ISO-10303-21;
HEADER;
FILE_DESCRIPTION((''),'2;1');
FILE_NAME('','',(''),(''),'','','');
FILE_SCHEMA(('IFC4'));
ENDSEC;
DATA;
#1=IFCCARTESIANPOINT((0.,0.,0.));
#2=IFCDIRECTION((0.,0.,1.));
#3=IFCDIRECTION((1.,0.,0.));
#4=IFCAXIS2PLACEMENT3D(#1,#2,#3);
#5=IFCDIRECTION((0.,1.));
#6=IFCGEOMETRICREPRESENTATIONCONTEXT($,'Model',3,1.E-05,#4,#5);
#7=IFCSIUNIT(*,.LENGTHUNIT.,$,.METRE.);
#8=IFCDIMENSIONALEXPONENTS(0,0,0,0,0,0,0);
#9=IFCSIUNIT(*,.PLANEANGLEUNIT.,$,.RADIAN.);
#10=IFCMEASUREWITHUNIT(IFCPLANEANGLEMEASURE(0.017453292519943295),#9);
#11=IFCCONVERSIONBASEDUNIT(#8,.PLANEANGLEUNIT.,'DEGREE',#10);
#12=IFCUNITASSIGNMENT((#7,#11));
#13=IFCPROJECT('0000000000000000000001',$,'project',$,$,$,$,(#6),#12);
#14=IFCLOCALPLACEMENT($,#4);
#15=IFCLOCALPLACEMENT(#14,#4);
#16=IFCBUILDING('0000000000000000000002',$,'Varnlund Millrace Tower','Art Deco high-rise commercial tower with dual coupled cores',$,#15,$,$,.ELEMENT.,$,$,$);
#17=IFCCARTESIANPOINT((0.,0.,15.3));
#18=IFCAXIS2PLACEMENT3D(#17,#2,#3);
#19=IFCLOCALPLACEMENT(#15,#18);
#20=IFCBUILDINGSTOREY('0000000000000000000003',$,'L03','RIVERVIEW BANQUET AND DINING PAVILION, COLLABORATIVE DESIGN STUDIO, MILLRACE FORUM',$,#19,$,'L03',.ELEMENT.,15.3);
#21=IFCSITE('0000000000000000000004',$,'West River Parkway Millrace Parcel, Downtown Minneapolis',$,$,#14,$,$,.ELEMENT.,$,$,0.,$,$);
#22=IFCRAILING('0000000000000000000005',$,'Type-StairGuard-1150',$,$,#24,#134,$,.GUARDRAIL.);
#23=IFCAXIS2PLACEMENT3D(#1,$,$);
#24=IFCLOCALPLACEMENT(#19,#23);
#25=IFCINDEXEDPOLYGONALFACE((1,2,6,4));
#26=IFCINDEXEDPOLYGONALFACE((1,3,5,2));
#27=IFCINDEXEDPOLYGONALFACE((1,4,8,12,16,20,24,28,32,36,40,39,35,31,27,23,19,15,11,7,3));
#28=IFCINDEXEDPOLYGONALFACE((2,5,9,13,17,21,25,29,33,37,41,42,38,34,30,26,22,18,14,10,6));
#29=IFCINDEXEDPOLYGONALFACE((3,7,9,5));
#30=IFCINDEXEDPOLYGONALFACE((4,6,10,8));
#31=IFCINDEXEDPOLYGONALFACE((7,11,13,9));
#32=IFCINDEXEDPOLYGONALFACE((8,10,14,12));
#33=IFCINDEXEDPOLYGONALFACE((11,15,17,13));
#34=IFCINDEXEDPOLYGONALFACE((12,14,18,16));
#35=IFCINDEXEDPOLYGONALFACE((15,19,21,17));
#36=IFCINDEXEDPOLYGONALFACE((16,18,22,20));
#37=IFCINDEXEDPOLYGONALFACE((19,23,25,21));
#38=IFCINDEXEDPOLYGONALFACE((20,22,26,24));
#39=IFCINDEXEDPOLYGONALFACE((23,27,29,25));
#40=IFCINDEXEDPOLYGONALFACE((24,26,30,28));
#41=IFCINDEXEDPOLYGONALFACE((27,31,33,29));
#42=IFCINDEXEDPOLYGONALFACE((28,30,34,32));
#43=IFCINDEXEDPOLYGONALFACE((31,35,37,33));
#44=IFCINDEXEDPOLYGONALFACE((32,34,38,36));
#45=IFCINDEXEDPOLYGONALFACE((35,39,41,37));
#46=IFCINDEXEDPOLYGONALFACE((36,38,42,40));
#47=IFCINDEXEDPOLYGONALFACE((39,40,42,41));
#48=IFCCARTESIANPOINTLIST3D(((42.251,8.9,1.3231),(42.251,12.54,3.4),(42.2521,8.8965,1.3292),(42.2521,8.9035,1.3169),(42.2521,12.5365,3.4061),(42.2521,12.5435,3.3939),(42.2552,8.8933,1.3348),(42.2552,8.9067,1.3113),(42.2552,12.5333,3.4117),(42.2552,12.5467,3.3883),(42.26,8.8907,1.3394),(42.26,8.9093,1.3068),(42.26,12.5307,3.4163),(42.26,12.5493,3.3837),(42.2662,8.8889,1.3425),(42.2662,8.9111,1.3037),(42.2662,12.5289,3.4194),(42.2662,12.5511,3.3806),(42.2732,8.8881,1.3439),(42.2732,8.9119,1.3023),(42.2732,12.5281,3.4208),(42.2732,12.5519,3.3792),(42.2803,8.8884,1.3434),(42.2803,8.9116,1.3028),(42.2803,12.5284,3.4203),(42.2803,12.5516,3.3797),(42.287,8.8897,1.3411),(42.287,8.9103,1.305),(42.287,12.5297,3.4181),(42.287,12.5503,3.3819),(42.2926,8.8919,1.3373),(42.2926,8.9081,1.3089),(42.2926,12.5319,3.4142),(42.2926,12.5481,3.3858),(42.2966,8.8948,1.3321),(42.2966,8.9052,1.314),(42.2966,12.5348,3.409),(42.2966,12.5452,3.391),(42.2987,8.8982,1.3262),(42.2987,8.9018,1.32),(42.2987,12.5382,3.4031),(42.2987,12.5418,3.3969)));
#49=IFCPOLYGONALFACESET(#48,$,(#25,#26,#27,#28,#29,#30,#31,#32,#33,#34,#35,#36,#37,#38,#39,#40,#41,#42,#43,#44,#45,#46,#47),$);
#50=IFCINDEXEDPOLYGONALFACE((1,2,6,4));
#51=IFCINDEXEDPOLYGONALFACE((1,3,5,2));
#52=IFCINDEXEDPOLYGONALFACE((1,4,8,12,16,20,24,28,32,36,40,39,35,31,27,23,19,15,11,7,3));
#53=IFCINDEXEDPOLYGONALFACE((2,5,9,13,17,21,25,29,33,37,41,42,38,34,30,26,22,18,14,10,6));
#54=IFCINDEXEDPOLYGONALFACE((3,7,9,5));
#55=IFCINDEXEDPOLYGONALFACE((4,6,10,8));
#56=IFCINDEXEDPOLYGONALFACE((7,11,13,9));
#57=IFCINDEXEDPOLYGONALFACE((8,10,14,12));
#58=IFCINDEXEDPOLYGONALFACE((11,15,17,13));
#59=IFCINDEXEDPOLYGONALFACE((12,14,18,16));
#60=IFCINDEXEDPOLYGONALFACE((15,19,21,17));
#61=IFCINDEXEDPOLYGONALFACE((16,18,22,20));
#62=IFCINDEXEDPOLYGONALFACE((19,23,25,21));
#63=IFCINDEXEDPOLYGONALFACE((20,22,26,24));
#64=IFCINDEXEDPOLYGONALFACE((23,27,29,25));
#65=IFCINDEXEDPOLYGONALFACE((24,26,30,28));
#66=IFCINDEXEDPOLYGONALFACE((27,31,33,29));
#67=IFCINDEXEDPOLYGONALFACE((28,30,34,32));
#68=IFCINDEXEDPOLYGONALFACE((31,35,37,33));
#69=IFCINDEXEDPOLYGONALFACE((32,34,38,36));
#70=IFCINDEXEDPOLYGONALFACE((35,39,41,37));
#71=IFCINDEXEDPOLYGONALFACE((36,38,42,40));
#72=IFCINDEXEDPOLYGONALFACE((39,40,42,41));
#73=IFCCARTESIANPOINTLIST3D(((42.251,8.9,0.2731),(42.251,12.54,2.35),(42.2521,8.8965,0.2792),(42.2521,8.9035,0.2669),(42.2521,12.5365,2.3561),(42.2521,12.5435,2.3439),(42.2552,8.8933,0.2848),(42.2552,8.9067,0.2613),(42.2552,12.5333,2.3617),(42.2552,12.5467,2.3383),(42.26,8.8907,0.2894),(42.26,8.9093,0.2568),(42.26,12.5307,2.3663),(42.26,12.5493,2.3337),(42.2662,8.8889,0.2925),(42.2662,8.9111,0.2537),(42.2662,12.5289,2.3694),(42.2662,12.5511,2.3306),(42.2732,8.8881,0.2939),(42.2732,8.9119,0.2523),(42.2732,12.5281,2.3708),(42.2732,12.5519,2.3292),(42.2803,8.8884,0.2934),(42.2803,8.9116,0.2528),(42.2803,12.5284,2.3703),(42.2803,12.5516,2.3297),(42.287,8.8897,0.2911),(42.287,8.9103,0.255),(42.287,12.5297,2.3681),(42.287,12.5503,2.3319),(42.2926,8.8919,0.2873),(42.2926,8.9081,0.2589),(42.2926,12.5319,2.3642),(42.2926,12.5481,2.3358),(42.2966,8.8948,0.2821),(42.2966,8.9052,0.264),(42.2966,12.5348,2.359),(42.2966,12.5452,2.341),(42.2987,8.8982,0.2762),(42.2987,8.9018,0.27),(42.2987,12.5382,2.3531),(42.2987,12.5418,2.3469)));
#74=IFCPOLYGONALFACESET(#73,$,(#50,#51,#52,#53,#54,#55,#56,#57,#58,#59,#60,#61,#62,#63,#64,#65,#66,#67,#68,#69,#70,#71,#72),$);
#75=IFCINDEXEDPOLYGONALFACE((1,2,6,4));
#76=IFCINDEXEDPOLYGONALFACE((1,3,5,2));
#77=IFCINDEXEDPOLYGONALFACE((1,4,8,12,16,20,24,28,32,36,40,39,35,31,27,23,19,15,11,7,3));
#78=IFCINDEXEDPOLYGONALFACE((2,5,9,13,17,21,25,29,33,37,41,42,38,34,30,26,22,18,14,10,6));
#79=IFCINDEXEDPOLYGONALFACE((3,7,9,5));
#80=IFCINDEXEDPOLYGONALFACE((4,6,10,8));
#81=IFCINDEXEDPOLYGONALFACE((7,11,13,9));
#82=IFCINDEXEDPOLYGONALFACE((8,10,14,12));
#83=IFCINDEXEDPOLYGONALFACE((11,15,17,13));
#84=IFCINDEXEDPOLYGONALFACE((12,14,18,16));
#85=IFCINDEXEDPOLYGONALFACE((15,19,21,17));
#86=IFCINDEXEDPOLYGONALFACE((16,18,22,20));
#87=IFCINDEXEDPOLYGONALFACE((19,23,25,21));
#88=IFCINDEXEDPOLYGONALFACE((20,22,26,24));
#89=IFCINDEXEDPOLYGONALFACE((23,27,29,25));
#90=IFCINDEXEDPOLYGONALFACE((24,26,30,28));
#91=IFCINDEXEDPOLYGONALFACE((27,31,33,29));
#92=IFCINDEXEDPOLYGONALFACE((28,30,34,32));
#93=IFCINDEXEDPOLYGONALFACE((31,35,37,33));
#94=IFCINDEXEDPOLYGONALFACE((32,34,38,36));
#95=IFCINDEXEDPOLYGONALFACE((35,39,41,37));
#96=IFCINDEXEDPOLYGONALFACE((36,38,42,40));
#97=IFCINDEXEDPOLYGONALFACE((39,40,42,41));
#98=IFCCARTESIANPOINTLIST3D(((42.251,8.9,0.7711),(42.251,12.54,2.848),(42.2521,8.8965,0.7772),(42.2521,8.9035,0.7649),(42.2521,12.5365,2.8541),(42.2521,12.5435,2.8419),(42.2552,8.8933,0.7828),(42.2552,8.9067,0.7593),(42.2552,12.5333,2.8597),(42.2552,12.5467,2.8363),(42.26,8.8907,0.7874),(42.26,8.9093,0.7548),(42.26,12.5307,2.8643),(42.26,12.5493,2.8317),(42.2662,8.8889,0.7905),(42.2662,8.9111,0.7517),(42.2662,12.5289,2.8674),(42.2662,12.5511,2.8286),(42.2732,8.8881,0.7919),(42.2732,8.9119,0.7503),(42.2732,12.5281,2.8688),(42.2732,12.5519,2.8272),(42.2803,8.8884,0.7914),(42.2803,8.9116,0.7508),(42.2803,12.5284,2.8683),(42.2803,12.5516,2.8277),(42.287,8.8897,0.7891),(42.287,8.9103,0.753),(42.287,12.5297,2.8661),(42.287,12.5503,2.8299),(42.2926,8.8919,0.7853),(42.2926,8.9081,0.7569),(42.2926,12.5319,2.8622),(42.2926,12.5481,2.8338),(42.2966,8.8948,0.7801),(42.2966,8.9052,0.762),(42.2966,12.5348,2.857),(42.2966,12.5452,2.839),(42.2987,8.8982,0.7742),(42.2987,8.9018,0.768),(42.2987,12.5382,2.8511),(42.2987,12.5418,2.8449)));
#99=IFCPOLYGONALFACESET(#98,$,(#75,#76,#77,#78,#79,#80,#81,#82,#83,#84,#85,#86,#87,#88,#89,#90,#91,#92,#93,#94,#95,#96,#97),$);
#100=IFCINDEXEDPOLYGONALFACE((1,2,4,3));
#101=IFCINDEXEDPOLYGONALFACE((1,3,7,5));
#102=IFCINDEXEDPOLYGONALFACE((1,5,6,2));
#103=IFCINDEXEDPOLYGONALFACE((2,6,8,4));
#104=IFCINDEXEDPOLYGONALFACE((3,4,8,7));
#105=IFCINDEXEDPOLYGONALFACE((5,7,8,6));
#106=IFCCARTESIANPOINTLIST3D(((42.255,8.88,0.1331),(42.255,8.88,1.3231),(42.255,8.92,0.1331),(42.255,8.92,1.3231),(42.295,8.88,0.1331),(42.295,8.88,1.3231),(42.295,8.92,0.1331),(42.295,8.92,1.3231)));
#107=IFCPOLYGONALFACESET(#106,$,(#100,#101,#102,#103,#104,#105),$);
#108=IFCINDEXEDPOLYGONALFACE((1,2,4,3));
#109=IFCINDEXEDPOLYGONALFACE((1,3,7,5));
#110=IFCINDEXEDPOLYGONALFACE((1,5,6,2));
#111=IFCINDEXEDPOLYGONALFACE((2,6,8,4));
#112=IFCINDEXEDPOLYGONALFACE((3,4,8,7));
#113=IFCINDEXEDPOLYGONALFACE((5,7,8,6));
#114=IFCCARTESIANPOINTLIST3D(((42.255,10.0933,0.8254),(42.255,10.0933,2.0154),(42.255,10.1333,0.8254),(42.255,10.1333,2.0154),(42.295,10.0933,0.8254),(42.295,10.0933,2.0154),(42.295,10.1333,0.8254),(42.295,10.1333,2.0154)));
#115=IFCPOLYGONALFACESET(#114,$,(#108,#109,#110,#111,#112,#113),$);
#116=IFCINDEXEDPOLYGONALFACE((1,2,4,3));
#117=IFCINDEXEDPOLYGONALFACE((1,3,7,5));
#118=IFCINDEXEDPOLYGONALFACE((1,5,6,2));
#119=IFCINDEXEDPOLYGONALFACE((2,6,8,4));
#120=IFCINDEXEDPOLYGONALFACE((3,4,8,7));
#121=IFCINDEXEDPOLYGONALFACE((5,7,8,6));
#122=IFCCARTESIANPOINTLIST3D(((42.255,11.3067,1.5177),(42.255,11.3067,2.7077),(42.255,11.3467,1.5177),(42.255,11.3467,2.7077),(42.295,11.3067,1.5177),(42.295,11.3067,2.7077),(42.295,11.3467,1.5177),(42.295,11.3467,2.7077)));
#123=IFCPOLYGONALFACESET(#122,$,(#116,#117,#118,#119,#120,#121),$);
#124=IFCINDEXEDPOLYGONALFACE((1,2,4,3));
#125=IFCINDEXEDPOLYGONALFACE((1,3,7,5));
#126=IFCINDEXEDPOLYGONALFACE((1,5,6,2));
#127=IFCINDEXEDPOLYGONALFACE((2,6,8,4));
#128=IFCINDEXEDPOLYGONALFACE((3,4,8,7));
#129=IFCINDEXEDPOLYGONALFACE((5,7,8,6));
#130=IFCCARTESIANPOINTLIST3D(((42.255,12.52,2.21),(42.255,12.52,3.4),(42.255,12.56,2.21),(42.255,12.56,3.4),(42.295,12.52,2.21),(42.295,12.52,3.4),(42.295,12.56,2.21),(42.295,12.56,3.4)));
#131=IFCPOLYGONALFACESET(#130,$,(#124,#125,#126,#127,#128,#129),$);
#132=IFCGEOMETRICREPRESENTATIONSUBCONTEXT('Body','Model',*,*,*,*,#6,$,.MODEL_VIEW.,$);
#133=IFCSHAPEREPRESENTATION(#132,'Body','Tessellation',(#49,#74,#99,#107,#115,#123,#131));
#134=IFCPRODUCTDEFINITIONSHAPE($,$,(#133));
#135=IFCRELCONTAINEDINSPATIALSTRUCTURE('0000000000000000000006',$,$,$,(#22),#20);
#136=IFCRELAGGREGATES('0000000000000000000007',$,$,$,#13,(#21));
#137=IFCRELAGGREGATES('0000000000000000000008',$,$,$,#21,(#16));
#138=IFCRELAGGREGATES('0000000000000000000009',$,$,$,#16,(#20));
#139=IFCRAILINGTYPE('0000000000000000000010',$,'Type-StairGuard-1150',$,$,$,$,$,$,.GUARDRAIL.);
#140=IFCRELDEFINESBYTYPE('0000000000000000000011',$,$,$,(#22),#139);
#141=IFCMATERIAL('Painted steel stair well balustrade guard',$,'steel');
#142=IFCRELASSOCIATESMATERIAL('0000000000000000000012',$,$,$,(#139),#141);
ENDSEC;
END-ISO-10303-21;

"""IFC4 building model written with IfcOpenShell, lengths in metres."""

from ifc_helpers import new_model, entity, si_unit, converted_unit, direction, frame, origin_with_axes, origin_2d_with_axis, place, context, subcontext, project, spatial, rectangle, circle, extrude, material, type_object, element, save


model = new_model("IFC4")

# Units and contexts
model_context = context("Model", 3, precision=1e-05, world=origin_with_axes(), true_north=direction((0.0, 1.0)))
body_context = subcontext(model_context, "Body", "Model", "MODEL_VIEW")
ifc_project = project(units=[si_unit("LENGTHUNIT", "METRE"), converted_unit("PLANEANGLEUNIT", "DEGREE", entity("IfcPlaneAngleMeasure", 0.017453292519943295), si_unit("PLANEANGLEUNIT", "RADIAN"), dimensions=[0, 0, 0, 0, 0, 0, 0])], contexts=[model_context])

# Site, building, storey
site_placement = place(None, origin_with_axes())
site = spatial("IfcSite", under=ifc_project, at=site_placement, Name="West River Parkway Millrace Parcel, Downtown Minneapolis", CompositionType="ELEMENT", RefElevation=0.0)
building_placement = place(site_placement, origin_with_axes())
building = spatial("IfcBuilding", under=site, at=building_placement, Name="Varnlund Millrace Tower", Description="Art Deco high-rise commercial tower with dual coupled cores", CompositionType="ELEMENT")
storey_placement = place(building_placement, frame((0.0, 0.0, 15.3), z_axis=(0.0, 0.0, 1.0), x_axis=(1.0, 0.0, 0.0)))
storey = spatial("IfcBuildingStorey", under=building, at=storey_placement, Name="L03", Description="RIVERVIEW BANQUET AND DINING PAVILION, COLLABORATIVE DESIGN STUDIO, MILLRACE FORUM", LongName="L03", CompositionType="ELEMENT", Elevation=15.3)

# Railing
ifc_material_1 = material(Name="Painted steel stair well balustrade guard", Category="steel")
railing_type_1 = type_object("IfcRailingType", Name="Type-StairGuard-1150", PredefinedType="GUARDRAIL", material=ifc_material_1)
railing_1_placement = place(storey_placement, frame((0.0, 0.0, -15.3), z_axis=(0.0, 0.0, 1.0), x_axis=(1.0, 0.0, 0.0)))
element("IfcRailing", 1, at=railing_1_placement, inside=storey, type_object=railing_type_1, Name="Type-StairGuard-1150", PredefinedType="GUARDRAIL", context=body_context, shape_type="SweptSolid", body=[
    extrude(circle(Radius=0.024, at=origin_2d_with_axis()), frame((42.275, 8.9, 16.6231), z_axis=(0.0, 0.868559, 0.495585), x_axis=(-1.0, 0.0, 0.0)), (0.0, 0.0, 1.0), 4.1908),
    extrude(circle(Radius=0.024, at=origin_2d_with_axis()), frame((42.275, 8.9, 15.5731), z_axis=(0.0, 0.868559, 0.495585), x_axis=(-1.0, 0.0, 0.0)), (0.0, 0.0, 1.0), 4.1908),
    extrude(circle(Radius=0.024, at=origin_2d_with_axis()), frame((42.275, 8.9, 16.0711), z_axis=(0.0, 0.868559, 0.495585), x_axis=(-1.0, 0.0, 0.0)), (0.0, 0.0, 1.0), 4.1908),
    extrude(rectangle(XDim=0.04, YDim=0.04, at=origin_2d_with_axis()), frame((42.275, 8.9, 15.4331), z_axis=(0.0, 0.0, 1.0), x_axis=(1.0, 0.0, 0.0)), (0.0, 0.0, 1.0), 1.19),
    extrude(rectangle(XDim=0.04, YDim=0.04, at=origin_2d_with_axis()), frame((42.275, 10.1133, 16.1254), z_axis=(0.0, 0.0, 1.0), x_axis=(1.0, 0.0, 0.0)), (0.0, 0.0, 1.0), 1.19),
    extrude(rectangle(XDim=0.04, YDim=0.04, at=origin_2d_with_axis()), frame((42.275, 11.3267, 16.8177), z_axis=(0.0, 0.0, 1.0), x_axis=(1.0, 0.0, 0.0)), (0.0, 0.0, 1.0), 1.19),
    extrude(rectangle(XDim=0.04, YDim=0.04, at=origin_2d_with_axis()), frame((42.275, 12.54, 17.51), z_axis=(0.0, 0.0, 1.0), x_axis=(1.0, 0.0, 0.0)), (0.0, 0.0, 1.0), 1.19),
])

save(model, "model.ifc")
